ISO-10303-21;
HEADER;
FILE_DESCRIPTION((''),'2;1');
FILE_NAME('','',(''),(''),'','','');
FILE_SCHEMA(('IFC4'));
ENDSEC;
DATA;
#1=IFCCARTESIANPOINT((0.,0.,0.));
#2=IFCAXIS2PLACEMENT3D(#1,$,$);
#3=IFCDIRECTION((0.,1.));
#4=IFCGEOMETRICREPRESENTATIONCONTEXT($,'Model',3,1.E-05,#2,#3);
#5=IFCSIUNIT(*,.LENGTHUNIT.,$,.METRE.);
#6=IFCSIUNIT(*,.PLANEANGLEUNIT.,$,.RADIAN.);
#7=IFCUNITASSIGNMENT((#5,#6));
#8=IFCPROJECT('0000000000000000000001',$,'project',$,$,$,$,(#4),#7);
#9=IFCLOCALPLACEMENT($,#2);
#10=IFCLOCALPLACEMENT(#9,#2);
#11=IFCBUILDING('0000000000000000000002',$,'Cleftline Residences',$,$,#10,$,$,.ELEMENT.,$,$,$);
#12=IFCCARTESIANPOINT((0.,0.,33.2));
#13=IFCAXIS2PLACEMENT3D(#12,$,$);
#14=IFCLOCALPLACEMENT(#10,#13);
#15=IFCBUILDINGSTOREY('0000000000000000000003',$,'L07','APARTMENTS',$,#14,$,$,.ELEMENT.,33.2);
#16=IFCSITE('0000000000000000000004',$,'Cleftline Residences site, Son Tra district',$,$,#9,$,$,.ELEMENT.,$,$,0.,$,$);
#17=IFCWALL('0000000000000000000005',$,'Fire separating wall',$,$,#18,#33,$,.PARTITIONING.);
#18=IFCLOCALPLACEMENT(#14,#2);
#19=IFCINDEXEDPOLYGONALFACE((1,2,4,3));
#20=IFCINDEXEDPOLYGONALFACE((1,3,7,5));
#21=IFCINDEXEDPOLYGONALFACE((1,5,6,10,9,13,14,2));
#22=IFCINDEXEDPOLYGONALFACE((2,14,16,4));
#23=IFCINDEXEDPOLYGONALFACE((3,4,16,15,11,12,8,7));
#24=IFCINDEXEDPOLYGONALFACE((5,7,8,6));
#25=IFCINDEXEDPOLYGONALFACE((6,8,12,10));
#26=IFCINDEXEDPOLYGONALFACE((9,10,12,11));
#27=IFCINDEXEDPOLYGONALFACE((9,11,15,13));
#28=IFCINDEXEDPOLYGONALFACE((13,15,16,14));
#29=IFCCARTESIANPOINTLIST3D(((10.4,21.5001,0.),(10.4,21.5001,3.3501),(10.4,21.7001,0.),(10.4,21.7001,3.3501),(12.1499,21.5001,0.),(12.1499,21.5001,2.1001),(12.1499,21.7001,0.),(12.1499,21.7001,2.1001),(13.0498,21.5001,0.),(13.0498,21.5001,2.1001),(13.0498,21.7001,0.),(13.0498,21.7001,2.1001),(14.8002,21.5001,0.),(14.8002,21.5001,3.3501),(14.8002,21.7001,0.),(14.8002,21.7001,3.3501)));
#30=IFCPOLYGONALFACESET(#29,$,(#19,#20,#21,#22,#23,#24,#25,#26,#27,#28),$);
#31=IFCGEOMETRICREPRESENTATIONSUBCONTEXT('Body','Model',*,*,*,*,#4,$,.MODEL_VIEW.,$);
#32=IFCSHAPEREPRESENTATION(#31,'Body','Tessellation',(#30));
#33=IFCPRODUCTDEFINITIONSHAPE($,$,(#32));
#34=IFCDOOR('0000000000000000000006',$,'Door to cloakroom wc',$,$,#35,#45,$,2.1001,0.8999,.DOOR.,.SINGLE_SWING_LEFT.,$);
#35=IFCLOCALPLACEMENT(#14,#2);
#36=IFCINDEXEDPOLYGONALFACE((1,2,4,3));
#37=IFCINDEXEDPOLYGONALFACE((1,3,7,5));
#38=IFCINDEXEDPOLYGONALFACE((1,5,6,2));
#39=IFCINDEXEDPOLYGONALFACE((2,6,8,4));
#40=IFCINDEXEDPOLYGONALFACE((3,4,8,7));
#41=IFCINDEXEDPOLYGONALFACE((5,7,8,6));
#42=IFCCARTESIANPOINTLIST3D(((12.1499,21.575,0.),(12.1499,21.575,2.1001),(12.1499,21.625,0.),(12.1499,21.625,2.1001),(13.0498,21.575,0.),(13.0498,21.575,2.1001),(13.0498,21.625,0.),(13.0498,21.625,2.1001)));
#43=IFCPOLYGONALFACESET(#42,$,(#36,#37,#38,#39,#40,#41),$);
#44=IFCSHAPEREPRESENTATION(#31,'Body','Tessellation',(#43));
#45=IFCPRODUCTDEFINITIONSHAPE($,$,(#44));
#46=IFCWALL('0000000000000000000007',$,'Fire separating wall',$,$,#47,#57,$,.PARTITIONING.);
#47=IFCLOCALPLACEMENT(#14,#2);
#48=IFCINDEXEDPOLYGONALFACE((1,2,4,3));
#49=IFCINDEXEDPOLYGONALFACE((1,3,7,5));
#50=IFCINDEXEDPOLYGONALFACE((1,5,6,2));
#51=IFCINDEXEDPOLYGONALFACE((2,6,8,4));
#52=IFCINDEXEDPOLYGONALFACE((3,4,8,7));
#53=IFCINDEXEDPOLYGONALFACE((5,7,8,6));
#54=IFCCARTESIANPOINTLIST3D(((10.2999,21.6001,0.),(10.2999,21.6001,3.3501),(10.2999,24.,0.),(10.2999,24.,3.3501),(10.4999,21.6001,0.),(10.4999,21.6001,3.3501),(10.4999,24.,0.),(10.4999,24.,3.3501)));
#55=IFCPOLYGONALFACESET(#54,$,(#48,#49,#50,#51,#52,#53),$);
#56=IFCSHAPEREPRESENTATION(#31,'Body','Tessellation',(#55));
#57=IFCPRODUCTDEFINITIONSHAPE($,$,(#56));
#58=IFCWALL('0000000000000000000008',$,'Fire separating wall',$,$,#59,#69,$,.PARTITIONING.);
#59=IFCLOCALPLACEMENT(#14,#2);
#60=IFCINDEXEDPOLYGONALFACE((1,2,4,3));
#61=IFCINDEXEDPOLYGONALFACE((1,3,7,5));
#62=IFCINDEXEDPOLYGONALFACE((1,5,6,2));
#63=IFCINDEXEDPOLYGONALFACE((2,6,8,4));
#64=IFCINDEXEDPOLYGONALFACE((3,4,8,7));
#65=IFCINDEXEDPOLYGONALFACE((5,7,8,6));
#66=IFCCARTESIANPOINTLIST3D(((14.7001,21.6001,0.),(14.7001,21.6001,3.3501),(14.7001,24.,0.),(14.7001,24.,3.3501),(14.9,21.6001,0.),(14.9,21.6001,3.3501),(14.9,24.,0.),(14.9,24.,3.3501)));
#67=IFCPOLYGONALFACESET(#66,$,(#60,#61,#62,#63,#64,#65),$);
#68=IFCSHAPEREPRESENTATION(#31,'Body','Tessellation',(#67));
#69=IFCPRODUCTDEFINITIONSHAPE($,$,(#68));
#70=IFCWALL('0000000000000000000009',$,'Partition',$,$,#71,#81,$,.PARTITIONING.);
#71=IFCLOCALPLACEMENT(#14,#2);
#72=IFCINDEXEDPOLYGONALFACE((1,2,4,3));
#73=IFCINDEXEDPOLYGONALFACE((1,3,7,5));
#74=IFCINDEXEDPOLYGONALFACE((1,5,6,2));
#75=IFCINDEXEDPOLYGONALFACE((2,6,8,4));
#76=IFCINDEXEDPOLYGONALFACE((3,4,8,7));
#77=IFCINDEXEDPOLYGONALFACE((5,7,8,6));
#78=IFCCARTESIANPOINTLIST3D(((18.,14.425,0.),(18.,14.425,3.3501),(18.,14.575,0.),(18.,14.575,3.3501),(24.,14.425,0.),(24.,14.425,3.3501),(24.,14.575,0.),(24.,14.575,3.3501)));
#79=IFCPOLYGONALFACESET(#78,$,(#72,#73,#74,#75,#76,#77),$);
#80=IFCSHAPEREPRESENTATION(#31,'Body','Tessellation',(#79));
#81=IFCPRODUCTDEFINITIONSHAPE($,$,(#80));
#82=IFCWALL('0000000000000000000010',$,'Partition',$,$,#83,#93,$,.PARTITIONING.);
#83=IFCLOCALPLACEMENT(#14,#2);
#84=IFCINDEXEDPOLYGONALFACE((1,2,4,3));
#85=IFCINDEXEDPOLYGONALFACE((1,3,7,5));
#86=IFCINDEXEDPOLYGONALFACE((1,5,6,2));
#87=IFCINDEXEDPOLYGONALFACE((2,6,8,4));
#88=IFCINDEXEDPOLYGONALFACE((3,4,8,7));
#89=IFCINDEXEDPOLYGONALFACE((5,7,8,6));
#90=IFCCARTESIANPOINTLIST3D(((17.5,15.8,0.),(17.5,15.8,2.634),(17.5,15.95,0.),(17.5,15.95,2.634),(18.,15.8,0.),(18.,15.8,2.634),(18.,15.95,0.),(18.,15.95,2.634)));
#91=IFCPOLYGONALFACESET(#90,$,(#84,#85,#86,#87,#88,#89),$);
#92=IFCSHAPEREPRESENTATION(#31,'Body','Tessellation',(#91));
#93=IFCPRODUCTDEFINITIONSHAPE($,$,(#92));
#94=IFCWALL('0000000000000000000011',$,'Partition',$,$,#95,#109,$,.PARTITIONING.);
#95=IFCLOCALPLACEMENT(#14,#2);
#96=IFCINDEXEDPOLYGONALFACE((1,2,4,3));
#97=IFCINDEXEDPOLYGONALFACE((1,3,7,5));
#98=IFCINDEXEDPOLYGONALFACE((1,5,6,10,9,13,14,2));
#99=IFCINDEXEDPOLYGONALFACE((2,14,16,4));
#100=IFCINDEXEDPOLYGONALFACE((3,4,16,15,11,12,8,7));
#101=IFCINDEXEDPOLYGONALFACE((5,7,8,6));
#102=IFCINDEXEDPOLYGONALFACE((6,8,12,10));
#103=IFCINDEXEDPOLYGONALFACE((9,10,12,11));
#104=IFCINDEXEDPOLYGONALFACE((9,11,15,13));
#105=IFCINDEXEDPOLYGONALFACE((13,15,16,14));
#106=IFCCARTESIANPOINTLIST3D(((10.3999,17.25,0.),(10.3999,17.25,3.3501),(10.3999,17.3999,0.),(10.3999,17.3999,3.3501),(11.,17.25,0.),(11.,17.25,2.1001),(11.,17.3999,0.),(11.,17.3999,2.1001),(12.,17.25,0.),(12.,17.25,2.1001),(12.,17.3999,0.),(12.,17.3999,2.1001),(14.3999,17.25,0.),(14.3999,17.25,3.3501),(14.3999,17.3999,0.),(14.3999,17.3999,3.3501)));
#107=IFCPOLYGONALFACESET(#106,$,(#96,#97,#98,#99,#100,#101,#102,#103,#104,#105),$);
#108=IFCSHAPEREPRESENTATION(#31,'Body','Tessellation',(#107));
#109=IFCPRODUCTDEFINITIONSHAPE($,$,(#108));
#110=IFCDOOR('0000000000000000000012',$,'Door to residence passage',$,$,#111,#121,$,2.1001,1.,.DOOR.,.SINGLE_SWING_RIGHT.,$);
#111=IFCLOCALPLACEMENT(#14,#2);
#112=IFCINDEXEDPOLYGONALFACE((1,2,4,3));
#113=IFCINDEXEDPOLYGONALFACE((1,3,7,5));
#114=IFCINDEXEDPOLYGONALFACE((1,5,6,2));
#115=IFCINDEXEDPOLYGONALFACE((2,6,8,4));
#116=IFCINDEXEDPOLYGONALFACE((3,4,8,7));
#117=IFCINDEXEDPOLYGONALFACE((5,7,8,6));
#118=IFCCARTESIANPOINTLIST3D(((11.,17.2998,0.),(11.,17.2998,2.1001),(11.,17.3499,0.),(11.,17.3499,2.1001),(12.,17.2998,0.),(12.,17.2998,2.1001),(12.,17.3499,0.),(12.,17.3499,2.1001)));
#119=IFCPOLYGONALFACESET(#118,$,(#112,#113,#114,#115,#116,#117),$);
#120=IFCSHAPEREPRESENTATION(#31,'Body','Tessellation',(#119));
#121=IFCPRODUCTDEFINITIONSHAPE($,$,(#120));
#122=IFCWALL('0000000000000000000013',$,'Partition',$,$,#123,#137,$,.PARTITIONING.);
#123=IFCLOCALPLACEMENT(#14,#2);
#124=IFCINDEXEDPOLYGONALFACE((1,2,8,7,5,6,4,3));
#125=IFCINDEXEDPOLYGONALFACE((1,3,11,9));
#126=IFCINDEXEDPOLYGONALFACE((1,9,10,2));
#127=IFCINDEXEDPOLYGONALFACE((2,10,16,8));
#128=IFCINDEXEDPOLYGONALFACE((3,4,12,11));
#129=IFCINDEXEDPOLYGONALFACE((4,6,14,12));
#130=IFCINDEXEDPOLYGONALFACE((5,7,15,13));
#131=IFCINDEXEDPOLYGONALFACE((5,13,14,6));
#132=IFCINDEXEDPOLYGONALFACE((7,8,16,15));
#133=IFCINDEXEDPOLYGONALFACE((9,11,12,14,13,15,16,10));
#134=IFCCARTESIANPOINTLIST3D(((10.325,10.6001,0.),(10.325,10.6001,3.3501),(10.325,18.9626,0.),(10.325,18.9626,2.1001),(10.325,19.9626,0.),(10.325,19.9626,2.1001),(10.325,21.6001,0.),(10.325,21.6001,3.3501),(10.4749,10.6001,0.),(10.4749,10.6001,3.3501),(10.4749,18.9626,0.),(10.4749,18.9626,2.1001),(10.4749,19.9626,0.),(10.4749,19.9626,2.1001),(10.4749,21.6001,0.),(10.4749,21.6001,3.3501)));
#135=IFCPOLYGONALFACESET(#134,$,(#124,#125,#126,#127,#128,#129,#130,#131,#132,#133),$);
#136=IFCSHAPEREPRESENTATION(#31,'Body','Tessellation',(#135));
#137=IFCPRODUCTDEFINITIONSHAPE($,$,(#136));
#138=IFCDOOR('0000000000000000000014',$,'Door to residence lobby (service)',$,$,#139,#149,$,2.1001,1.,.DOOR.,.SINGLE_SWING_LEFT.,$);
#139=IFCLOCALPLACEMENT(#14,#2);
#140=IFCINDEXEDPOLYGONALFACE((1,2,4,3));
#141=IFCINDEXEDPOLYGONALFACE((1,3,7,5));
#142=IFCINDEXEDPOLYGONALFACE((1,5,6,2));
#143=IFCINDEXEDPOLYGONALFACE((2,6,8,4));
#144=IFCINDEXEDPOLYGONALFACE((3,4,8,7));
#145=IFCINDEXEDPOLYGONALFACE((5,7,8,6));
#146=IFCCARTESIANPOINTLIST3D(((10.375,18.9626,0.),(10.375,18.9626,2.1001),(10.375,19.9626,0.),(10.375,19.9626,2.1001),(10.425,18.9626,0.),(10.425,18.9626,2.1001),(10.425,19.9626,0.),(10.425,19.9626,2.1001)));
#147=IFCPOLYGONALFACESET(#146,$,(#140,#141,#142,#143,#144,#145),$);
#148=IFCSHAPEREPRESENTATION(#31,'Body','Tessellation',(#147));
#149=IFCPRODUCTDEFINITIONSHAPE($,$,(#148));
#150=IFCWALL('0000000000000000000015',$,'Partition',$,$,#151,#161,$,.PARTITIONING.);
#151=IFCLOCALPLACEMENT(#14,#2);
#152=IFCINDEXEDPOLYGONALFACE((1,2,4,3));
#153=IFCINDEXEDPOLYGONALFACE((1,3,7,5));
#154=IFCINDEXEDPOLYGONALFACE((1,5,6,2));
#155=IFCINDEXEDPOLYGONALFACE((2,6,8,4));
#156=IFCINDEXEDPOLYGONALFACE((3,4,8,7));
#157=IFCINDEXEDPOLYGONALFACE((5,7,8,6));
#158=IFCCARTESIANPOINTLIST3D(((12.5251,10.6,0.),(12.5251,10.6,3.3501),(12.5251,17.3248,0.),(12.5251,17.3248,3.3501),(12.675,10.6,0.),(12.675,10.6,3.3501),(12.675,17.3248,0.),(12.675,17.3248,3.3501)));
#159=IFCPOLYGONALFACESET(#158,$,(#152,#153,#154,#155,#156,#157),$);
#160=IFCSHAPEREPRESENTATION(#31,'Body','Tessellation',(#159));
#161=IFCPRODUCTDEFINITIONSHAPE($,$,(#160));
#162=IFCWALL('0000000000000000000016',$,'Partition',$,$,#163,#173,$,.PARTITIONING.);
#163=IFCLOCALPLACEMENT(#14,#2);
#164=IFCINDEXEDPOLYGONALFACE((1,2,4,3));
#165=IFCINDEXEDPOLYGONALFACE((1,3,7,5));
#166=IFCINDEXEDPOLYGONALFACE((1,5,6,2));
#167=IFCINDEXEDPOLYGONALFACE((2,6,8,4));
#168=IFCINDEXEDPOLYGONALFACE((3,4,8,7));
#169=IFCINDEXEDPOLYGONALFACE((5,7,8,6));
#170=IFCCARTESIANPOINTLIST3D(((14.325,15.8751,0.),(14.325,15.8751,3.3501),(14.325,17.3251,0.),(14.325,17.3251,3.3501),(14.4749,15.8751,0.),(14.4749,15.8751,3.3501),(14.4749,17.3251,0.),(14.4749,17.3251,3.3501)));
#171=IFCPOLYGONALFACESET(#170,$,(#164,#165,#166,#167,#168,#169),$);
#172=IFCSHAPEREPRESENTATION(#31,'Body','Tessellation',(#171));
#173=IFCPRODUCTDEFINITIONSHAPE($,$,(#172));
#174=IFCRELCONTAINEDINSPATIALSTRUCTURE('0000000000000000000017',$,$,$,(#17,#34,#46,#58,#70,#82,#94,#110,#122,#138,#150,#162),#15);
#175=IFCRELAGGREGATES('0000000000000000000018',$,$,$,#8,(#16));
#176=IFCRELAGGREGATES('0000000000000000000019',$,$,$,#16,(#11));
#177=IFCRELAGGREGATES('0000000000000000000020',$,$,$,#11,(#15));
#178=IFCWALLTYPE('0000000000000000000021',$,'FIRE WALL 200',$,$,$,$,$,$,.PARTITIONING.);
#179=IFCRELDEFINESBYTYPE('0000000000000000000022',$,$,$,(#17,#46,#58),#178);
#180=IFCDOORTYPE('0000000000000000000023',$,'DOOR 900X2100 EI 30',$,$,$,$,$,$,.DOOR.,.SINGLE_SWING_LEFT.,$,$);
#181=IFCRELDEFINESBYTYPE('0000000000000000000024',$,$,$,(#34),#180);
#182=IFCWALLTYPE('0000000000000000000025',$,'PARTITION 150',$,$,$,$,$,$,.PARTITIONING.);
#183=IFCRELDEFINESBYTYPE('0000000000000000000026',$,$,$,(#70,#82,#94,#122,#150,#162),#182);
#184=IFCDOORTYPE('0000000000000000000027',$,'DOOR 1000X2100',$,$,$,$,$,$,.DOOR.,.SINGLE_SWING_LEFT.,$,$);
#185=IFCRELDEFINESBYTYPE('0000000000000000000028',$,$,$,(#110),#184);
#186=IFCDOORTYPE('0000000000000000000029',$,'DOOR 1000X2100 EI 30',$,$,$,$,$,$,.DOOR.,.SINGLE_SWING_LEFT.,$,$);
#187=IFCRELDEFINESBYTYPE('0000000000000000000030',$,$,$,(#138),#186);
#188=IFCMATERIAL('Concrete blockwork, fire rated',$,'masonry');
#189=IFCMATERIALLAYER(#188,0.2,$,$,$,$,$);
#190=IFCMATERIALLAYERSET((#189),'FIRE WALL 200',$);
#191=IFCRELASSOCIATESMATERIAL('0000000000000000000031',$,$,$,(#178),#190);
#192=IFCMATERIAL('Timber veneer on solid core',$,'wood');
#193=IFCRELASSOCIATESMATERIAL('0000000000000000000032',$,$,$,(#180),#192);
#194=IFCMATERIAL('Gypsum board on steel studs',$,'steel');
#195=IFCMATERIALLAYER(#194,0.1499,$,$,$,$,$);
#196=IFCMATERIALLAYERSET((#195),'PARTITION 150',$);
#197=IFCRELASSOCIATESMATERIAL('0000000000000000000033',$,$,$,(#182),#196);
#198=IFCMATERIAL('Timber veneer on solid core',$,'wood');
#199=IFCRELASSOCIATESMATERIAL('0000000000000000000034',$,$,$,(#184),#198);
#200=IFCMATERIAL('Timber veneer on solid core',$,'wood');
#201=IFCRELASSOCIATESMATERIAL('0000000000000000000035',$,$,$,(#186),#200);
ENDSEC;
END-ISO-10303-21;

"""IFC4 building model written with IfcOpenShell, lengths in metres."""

from ifc_helpers import new_model, si_unit, direction, frame, frame_2d, origin, place, context, subcontext, project, spatial, rectangle, extrude, material, layer, layer_set, type_object, element, fill, save


model = new_model("IFC4")

# Units and contexts
model_context = context("Model", 3, precision=1e-05, world=origin(), true_north=direction((0.0, 1.0)))
body_context = subcontext(model_context, "Body", "Model", "MODEL_VIEW")
ifc_project = project(units=[si_unit("LENGTHUNIT", "METRE"), si_unit("PLANEANGLEUNIT", "RADIAN")], contexts=[model_context])

# Site, building, storey
site_placement = place(None, origin())
site = spatial("IfcSite", under=ifc_project, at=site_placement, Name="Cleftline Residences site, Son Tra district", CompositionType="ELEMENT", RefElevation=0.0)
building_placement = place(site_placement, origin())
building = spatial("IfcBuilding", under=site, at=building_placement, Name="Cleftline Residences", CompositionType="ELEMENT")
storey_placement = place(building_placement, frame((0.0, 0.0, 33.2)))
storey = spatial("IfcBuildingStorey", under=building, at=storey_placement, Name="L07", Description="APARTMENTS", CompositionType="ELEMENT", Elevation=33.2)

# Shared definitions
ifc_material_1 = material(Name="Concrete blockwork, fire rated", Category="masonry")
ifc_layer_1 = layer(ifc_material_1, 0.2)
ifc_layer_set_1 = layer_set([ifc_layer_1], Name="FIRE WALL 200")
wall_type_1 = type_object("IfcWallType", Name="FIRE WALL 200", PredefinedType="PARTITIONING", material=ifc_layer_set_1)

# Wall, opening, door
wall_1_placement = place(storey_placement, frame((10.3999, 21.6001, 0.0), z_axis=(0.0, 0.0, 1.0), x_axis=(1.0, 0.0, 0.0)))
wall_1 = element("IfcWall", 1, at=wall_1_placement, inside=storey, type_object=wall_type_1, Name="Fire separating wall", PredefinedType="PARTITIONING", context=body_context, shape_type="SweptSolid", body=[
    extrude(rectangle(XDim=4.4001, YDim=0.2, at=frame_2d((2.2002, 0.0))), origin(), (0.0, 0.0, 1.0), 3.3501),
])
opening_1_placement = place(wall_1_placement, frame((1.75, 0.0, 0.0)))
opening_1 = element("IfcOpeningElement", 2, at=opening_1_placement, cuts=wall_1, PredefinedType="OPENING", context=body_context, shape_type="SweptSolid", body=[
    extrude(rectangle(XDim=0.8999, YDim=2.1001, at=frame_2d((0.45, 1.05))), frame((0.0, 0.1099, 0.0), z_axis=(0.0, -1.0, 0.0), x_axis=(1.0, 0.0, 0.0)), (0.0, 0.0, 1.0), 0.22),
])
ifc_material_2 = material(Name="Timber veneer on solid core", Category="wood")
door_type_1 = type_object("IfcDoorType", Name="DOOR 900X2100 EI 30", OperationType="SINGLE_SWING_LEFT", PredefinedType="DOOR", material=ifc_material_2)
door_1_placement = place(opening_1_placement, origin())
door_1 = element("IfcDoor", 3, at=door_1_placement, inside=storey, type_object=door_type_1, Name="Door to cloakroom wc", OperationType="SINGLE_SWING_LEFT", OverallHeight=2.1001, OverallWidth=0.8999, PredefinedType="DOOR", context=body_context, shape_type="SweptSolid", body=[
    extrude(rectangle(XDim=0.8999, YDim=2.1001, at=frame_2d((0.45, 1.05))), frame((0.0, 0.0249, 0.0), z_axis=(0.0, -1.0, 0.0), x_axis=(1.0, 0.0, 0.0)), (0.0, 0.0, 1.0), 0.05),
])
fill(opening_1, door_1)

# Walls
for number, where, z_axis, x_axis, name in (
    (4, (10.3999, 21.6001, 0.0), (0.0, 0.0, 1.0), (0.0, 1.0, 0.0), "Fire separating wall"),
    (5, (14.8, 21.6001, 0.0), (0.0, 0.0, 1.0), (0.0, 1.0, 0.0), "Fire separating wall"),
):
    element("IfcWall", number, at=place(storey_placement, frame(where, z_axis=z_axis, x_axis=x_axis)), inside=storey, type_object=wall_type_1, Name=name, PredefinedType="PARTITIONING", context=body_context, shape_type="SweptSolid", body=[
        extrude(rectangle(XDim=2.3999, YDim=0.2, at=frame_2d((1.2, 0.0))), origin(), (0.0, 0.0, 1.0), 3.3501),
    ])

# Walls
ifc_material_3 = material(Name="Gypsum board on steel studs", Category="steel")
ifc_layer_2 = layer(ifc_material_3, 0.1499)
ifc_layer_set_2 = layer_set([ifc_layer_2], Name="PARTITION 150")
wall_type_2 = type_object("IfcWallType", Name="PARTITION 150", PredefinedType="PARTITIONING", material=ifc_layer_set_2)
wall_2_placement = place(storey_placement, frame((18.0, 14.5, 0.0), z_axis=(0.0, 0.0, 1.0), x_axis=(1.0, 0.0, 0.0)))
element("IfcWall", 6, at=wall_2_placement, inside=storey, type_object=wall_type_2, Name="Partition", PredefinedType="PARTITIONING", context=body_context, shape_type="SweptSolid", body=[
    extrude(rectangle(XDim=6.0, YDim=0.1499, at=frame_2d((3.0, 0.0))), origin(), (0.0, 0.0, 1.0), 3.3501),
])
wall_3_placement = place(storey_placement, frame((17.5, 15.875, 0.0), z_axis=(0.0, 0.0, 1.0), x_axis=(1.0, 0.0, 0.0)))
element("IfcWall", 7, at=wall_3_placement, inside=storey, type_object=wall_type_2, Name="Partition", PredefinedType="PARTITIONING", context=body_context, shape_type="SweptSolid", body=[
    extrude(rectangle(XDim=0.5, YDim=0.1499, at=frame_2d((0.25, 0.0))), origin(), (0.0, 0.0, 1.0), 2.634),
])

# Walls, openings, doors
wall_4_placement = place(storey_placement, frame((10.3999, 17.325, 0.0), z_axis=(0.0, 0.0, 1.0), x_axis=(1.0, 0.0, 0.0)))
wall_4 = element("IfcWall", 8, at=wall_4_placement, inside=storey, type_object=wall_type_2, Name="Partition", PredefinedType="PARTITIONING", context=body_context, shape_type="SweptSolid", body=[
    extrude(rectangle(XDim=4.0, YDim=0.1499, at=frame_2d((2.0, 0.0))), origin(), (0.0, 0.0, 1.0), 3.3501),
])
opening_2_placement = place(wall_4_placement, frame((0.6001, 0.0, 0.0)))
opening_2 = element("IfcOpeningElement", 9, at=opening_2_placement, cuts=wall_4, PredefinedType="OPENING", context=body_context, shape_type="SweptSolid", body=[
    extrude(rectangle(XDim=1.0, YDim=2.1001, at=frame_2d((0.5, 1.05))), frame((0.0, 0.085, 0.0), z_axis=(0.0, -1.0, 0.0), x_axis=(1.0, 0.0, 0.0)), (0.0, 0.0, 1.0), 0.1699),
])
ifc_material_4 = material(Name="Timber veneer on solid core", Category="wood")
door_type_2 = type_object("IfcDoorType", Name="DOOR 1000X2100", OperationType="SINGLE_SWING_LEFT", PredefinedType="DOOR", material=ifc_material_4)
door_2_placement = place(opening_2_placement, origin())
door_2 = element("IfcDoor", 10, at=door_2_placement, inside=storey, type_object=door_type_2, Name="Door to residence passage", OperationType="SINGLE_SWING_RIGHT", OverallHeight=2.1001, OverallWidth=1.0, PredefinedType="DOOR", context=body_context, shape_type="SweptSolid", body=[
    extrude(rectangle(XDim=1.0, YDim=2.1001, at=frame_2d((0.5, 1.05))), frame((0.0, 0.0249, 0.0), z_axis=(0.0, -1.0, 0.0), x_axis=(1.0, 0.0, 0.0)), (0.0, 0.0, 1.0), 0.05),
])
fill(opening_2, door_2)
wall_5_placement = place(storey_placement, frame((10.3999, 10.6001, 0.0), z_axis=(0.0, 0.0, 1.0), x_axis=(0.0, 1.0, 0.0)))
wall_5 = element("IfcWall", 11, at=wall_5_placement, inside=storey, type_object=wall_type_2, Name="Partition", PredefinedType="PARTITIONING", context=body_context, shape_type="SweptSolid", body=[
    extrude(rectangle(XDim=11.0, YDim=0.1499, at=frame_2d((5.5, 0.0))), origin(), (0.0, 0.0, 1.0), 3.3501),
])
opening_3_placement = place(wall_5_placement, frame((8.3625, 0.0, 0.0)))
opening_3 = element("IfcOpeningElement", 12, at=opening_3_placement, cuts=wall_5, PredefinedType="OPENING", context=body_context, shape_type="SweptSolid", body=[
    extrude(rectangle(XDim=1.0, YDim=2.1001, at=frame_2d((0.5, 1.05))), frame((0.0, 0.085, 0.0), z_axis=(0.0, -1.0, 0.0), x_axis=(1.0, 0.0, 0.0)), (0.0, 0.0, 1.0), 0.1699),
])
ifc_material_5 = material(Name="Timber veneer on solid core", Category="wood")
door_type_3 = type_object("IfcDoorType", Name="DOOR 1000X2100 EI 30", OperationType="SINGLE_SWING_LEFT", PredefinedType="DOOR", material=ifc_material_5)
door_3_placement = place(opening_3_placement, origin())
door_3 = element("IfcDoor", 13, at=door_3_placement, inside=storey, type_object=door_type_3, Name="Door to residence lobby (service)", OperationType="SINGLE_SWING_LEFT", OverallHeight=2.1001, OverallWidth=1.0, PredefinedType="DOOR", context=body_context, shape_type="SweptSolid", body=[
    extrude(rectangle(XDim=1.0, YDim=2.1001, at=frame_2d((0.5, 1.05))), frame((0.0, 0.0249, 0.0), z_axis=(0.0, -1.0, 0.0), x_axis=(1.0, 0.0, 0.0)), (0.0, 0.0, 1.0), 0.05),
])
fill(opening_3, door_3)

# Walls
wall_6_placement = place(storey_placement, frame((12.6001, 10.6001, 0.0), z_axis=(0.0, 0.0, 1.0), x_axis=(0.0, 1.0, 0.0)))
element("IfcWall", 14, at=wall_6_placement, inside=storey, type_object=wall_type_2, Name="Partition", PredefinedType="PARTITIONING", context=body_context, shape_type="SweptSolid", body=[
    extrude(rectangle(XDim=6.7249, YDim=0.1499, at=frame_2d((3.3623, 0.0))), origin(), (0.0, 0.0, 1.0), 3.3501),
])
wall_7_placement = place(storey_placement, frame((14.3999, 15.875, 0.0), z_axis=(0.0, 0.0, 1.0), x_axis=(0.0, 1.0, 0.0)))
element("IfcWall", 15, at=wall_7_placement, inside=storey, type_object=wall_type_2, Name="Partition", PredefinedType="PARTITIONING", context=body_context, shape_type="SweptSolid", body=[
    extrude(rectangle(XDim=1.45, YDim=0.1499, at=frame_2d((0.7251, 0.0))), origin(), (0.0, 0.0, 1.0), 3.3501),
])

save(model, "model.ifc")
